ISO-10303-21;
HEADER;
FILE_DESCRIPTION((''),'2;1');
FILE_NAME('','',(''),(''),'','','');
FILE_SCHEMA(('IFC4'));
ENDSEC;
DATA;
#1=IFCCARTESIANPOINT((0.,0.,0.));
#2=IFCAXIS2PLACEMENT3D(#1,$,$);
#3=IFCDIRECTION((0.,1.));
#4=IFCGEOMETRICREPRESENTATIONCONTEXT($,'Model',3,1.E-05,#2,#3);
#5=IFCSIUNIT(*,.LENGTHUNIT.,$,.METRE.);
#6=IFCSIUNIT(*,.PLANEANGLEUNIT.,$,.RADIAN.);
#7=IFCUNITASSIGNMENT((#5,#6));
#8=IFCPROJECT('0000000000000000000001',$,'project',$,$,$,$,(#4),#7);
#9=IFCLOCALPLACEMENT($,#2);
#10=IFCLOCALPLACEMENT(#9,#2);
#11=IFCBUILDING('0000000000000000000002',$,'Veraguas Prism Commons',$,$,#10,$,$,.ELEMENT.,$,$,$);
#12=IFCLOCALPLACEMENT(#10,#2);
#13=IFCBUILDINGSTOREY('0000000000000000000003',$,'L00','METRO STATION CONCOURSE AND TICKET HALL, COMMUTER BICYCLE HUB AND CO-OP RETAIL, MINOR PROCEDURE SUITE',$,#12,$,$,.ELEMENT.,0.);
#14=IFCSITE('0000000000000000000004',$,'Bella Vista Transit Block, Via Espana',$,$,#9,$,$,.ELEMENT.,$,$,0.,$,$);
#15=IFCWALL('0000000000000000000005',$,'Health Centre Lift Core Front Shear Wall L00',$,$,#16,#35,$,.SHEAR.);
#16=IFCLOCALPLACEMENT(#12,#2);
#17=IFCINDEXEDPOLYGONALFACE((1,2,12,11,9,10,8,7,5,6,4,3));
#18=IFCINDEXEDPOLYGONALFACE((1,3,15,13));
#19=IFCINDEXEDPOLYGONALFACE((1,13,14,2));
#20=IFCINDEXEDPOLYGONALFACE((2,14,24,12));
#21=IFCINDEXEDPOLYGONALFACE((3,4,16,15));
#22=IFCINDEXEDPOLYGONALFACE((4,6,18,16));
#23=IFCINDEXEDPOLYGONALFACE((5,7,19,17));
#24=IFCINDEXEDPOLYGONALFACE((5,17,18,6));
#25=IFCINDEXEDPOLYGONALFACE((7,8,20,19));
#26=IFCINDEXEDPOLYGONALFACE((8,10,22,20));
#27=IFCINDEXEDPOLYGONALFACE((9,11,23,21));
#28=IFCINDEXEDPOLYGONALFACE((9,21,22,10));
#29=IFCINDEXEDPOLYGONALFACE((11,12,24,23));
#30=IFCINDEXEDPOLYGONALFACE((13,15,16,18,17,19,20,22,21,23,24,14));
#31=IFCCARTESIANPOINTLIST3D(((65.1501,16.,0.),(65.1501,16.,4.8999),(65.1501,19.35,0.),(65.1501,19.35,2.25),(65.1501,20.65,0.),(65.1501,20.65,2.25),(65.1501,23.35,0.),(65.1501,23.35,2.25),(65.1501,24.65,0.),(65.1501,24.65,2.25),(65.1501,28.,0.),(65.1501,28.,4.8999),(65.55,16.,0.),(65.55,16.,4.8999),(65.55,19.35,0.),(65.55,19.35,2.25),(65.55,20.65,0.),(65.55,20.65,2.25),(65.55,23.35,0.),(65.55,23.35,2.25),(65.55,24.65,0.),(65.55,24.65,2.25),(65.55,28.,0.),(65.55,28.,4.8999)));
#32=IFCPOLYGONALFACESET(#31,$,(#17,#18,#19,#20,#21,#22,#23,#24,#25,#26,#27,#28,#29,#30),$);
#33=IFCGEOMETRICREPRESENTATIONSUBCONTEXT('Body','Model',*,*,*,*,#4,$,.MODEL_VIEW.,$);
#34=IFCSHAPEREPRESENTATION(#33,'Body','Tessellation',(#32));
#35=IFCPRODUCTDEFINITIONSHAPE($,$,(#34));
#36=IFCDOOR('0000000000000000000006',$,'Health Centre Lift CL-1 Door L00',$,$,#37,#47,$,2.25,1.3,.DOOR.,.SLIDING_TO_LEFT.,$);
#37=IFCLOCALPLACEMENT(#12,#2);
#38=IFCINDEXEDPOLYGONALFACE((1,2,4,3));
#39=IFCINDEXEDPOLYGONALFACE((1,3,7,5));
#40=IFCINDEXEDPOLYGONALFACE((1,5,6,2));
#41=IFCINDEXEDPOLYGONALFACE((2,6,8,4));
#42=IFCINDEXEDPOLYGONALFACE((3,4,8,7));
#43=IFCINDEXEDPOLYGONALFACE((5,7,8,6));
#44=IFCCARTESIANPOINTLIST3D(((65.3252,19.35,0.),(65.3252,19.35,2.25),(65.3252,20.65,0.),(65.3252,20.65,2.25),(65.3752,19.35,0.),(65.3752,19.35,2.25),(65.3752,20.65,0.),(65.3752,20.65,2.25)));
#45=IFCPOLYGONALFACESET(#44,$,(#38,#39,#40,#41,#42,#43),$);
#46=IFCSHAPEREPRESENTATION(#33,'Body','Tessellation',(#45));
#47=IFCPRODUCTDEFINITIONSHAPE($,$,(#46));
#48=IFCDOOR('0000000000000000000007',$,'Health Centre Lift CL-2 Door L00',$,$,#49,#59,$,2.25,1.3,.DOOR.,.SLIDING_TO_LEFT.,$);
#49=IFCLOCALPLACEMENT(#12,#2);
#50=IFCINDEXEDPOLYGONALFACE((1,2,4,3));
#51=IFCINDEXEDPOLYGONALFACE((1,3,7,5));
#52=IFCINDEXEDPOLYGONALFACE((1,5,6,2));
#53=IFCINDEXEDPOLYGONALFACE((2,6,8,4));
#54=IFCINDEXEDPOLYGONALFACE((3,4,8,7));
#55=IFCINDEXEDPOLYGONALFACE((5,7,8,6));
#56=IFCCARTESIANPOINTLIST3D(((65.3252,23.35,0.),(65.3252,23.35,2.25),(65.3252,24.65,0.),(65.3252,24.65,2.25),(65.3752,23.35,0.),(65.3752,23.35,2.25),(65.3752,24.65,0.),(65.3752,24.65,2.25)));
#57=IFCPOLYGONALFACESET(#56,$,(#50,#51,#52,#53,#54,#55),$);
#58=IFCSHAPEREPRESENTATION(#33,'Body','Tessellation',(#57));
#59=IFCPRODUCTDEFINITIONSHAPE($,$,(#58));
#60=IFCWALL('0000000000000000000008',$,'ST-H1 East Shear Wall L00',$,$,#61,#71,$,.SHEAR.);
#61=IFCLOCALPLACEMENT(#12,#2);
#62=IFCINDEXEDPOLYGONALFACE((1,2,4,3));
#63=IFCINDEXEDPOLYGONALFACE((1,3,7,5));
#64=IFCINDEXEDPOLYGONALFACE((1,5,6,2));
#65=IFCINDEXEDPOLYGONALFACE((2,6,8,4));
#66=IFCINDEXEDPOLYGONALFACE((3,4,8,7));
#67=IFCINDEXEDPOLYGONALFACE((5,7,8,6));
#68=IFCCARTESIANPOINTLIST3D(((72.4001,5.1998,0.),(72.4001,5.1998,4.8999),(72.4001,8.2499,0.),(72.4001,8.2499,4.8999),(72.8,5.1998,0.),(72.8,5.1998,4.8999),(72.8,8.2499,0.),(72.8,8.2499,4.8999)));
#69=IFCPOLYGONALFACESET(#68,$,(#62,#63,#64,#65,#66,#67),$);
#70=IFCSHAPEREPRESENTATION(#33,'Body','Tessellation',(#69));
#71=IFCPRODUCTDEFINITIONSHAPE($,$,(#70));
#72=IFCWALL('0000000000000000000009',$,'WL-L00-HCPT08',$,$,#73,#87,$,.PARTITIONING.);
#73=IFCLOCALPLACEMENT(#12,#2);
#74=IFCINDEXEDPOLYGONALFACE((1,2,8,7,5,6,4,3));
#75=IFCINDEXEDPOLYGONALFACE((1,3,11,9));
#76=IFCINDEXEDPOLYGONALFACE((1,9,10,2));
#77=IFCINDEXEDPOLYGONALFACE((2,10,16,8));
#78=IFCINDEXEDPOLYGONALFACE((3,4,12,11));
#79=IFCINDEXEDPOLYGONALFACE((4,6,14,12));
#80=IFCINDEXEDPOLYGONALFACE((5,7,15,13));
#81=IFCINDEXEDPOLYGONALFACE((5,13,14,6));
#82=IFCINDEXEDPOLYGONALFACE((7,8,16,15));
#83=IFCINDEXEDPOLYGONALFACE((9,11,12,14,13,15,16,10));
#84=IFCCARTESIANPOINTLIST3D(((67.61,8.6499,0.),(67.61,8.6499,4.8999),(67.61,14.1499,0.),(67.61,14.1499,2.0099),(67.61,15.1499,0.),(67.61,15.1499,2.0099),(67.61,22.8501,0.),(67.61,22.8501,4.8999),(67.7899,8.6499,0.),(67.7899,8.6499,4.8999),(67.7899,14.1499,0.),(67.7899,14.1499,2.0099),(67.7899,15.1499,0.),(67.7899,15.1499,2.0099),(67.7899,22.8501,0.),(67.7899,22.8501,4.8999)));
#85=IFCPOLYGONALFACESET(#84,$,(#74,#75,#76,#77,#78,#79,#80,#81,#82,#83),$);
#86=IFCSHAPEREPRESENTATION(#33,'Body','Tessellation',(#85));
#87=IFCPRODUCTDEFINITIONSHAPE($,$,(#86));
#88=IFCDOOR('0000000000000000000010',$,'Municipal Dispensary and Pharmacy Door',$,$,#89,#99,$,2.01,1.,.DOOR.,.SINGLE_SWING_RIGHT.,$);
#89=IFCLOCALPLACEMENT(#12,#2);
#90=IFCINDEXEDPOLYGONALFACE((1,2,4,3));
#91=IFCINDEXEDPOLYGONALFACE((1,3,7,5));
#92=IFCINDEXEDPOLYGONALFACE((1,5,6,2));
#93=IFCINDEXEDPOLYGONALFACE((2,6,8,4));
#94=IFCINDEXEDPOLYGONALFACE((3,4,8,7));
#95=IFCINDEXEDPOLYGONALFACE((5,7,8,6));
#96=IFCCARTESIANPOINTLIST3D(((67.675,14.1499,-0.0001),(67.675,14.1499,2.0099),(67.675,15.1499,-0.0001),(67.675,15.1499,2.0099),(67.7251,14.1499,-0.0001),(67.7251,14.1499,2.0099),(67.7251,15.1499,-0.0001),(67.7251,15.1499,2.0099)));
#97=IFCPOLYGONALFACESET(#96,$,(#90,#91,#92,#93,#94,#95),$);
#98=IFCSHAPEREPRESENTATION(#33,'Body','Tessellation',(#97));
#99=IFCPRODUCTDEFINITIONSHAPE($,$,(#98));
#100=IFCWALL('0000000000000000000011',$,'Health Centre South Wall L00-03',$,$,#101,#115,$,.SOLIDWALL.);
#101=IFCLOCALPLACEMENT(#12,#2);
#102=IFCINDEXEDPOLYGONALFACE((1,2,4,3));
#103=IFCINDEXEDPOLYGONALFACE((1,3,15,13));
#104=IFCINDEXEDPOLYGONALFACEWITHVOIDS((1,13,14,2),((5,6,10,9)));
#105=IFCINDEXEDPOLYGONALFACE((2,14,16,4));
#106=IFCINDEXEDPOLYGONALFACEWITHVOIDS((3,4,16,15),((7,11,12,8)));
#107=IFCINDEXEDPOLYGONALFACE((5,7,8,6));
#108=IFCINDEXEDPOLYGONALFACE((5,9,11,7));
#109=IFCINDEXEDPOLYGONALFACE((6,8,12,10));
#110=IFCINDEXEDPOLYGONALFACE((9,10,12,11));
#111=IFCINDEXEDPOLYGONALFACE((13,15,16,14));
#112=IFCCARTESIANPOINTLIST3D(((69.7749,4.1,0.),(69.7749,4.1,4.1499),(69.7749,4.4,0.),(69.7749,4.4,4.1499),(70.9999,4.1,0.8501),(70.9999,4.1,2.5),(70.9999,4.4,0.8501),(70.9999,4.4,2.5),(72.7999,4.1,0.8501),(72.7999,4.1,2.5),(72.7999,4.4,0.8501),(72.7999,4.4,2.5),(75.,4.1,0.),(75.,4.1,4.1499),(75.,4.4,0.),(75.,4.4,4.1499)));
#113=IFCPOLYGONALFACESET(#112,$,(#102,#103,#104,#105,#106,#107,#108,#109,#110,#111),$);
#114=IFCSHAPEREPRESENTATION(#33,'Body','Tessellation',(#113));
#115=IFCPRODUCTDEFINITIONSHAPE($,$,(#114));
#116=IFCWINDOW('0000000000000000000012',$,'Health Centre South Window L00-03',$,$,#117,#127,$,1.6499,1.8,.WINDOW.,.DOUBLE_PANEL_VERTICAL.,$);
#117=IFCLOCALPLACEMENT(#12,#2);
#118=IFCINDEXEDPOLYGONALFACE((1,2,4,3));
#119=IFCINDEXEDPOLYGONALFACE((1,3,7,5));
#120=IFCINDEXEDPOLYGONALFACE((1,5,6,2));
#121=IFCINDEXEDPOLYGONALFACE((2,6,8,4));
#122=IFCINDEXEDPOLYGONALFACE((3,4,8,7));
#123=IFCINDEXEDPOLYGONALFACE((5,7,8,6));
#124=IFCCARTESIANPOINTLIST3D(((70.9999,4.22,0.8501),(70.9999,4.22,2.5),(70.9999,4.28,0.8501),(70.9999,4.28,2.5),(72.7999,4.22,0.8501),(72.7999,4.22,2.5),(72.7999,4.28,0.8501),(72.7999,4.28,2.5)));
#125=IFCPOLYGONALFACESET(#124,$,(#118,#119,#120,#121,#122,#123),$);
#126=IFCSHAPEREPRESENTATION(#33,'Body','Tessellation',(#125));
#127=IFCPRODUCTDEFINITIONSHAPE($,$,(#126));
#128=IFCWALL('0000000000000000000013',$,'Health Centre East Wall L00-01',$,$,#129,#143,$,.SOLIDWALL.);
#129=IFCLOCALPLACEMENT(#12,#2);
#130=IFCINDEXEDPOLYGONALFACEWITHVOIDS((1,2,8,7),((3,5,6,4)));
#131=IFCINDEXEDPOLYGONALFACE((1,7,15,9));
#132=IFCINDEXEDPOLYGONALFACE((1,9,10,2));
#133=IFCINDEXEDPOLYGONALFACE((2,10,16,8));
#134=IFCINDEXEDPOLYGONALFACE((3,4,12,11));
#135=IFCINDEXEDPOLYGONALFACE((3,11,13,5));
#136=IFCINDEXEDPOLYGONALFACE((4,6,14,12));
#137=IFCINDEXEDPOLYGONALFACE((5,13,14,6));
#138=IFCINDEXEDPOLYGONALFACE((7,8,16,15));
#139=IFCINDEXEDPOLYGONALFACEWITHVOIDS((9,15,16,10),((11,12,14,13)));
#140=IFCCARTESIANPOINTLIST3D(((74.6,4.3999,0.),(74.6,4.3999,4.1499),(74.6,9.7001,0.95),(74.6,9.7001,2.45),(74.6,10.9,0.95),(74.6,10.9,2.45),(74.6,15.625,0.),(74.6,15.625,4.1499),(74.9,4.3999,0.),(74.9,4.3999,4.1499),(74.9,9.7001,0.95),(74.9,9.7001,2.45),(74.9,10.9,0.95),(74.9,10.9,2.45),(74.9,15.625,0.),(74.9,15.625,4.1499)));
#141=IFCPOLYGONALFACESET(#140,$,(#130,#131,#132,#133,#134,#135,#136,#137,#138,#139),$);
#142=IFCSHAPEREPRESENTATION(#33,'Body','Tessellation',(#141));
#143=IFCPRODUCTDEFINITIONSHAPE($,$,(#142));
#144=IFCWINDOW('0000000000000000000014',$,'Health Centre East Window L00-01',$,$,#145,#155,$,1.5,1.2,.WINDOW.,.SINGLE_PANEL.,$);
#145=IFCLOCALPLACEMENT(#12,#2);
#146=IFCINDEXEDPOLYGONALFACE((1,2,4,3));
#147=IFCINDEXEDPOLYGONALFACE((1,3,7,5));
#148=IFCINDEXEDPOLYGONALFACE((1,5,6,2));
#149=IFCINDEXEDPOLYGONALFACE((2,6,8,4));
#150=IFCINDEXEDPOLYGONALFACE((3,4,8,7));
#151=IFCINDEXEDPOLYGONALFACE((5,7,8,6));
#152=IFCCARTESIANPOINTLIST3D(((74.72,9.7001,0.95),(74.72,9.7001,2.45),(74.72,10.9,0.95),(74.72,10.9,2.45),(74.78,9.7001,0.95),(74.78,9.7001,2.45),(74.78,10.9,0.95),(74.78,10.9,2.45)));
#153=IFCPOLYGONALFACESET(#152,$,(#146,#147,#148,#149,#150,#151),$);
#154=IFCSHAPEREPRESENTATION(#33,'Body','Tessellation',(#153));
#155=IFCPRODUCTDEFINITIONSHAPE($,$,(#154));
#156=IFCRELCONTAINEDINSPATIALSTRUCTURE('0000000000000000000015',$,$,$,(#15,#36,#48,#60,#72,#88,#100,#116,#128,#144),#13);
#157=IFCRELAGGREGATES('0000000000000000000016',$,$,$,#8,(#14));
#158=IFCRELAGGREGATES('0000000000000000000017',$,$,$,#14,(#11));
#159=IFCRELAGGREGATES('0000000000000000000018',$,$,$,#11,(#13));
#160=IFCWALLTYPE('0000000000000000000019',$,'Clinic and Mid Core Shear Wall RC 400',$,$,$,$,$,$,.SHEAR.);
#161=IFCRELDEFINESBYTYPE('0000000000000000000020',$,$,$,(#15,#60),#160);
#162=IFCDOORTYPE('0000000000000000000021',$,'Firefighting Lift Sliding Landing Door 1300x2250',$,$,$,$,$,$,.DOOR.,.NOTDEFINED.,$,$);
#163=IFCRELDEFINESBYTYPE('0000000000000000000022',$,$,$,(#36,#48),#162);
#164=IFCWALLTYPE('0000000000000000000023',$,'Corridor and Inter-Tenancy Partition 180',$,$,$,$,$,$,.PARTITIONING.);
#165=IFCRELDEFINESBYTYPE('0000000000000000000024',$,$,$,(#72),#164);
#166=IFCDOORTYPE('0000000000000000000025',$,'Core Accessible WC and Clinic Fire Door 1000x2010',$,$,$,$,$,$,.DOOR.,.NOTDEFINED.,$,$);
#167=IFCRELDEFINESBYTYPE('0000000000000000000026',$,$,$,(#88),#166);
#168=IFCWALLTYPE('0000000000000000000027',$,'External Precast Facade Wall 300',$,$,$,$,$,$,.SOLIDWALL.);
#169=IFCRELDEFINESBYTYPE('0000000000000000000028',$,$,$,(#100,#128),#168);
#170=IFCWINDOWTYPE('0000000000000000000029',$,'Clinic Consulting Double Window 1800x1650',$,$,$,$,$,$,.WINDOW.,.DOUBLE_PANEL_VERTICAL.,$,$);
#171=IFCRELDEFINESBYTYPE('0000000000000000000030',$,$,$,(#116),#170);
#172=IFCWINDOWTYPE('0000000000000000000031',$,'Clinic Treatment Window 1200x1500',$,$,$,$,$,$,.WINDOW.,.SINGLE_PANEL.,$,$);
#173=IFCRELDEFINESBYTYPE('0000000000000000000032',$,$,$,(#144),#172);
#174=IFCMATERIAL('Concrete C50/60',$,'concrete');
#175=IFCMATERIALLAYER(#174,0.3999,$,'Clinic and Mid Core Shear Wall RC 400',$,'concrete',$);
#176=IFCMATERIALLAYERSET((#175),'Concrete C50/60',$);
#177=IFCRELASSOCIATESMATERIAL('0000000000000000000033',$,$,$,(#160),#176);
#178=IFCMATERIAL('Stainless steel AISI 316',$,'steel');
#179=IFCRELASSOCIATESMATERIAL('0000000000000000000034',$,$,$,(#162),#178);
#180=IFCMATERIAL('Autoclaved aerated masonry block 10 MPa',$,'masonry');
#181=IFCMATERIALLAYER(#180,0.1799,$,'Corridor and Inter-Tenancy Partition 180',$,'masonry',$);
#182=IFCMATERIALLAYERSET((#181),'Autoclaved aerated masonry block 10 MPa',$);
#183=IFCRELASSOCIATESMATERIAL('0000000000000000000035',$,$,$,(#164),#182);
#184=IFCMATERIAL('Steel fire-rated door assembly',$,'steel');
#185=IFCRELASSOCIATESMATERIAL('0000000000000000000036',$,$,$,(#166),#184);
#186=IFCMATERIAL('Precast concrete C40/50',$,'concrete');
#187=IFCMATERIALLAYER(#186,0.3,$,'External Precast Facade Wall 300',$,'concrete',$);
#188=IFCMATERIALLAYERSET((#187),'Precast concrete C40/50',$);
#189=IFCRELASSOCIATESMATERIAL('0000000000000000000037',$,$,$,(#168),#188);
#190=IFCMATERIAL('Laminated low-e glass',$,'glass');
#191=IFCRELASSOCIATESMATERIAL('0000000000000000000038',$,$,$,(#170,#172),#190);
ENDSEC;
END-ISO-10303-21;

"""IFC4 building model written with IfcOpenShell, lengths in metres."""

from ifc_helpers import new_model, si_unit, direction, frame, frame_2d, origin, place, context, subcontext, project, spatial, rectangle, extrude, source, transform, mapped, material, layer, layer_set, type_object, element, fill, save


model = new_model("IFC4")

# Units and contexts
model_context = context("Model", 3, precision=1e-05, world=origin(), true_north=direction((0.0, 1.0)))
body_context = subcontext(model_context, "Body", "Model", "MODEL_VIEW")
ifc_project = project(units=[si_unit("LENGTHUNIT", "METRE"), si_unit("PLANEANGLEUNIT", "RADIAN")], contexts=[model_context])

# Site, building, storey
site_placement = place(None, origin())
site = spatial("IfcSite", under=ifc_project, at=site_placement, Name="Bella Vista Transit Block, Via Espana", CompositionType="ELEMENT", RefElevation=0.0)
building_placement = place(site_placement, origin())
building = spatial("IfcBuilding", under=site, at=building_placement, Name="Veraguas Prism Commons", CompositionType="ELEMENT")
storey_placement = place(building_placement, origin())
storey = spatial("IfcBuildingStorey", under=building, at=storey_placement, Name="L00", Description="METRO STATION CONCOURSE AND TICKET HALL, COMMUTER BICYCLE HUB AND CO-OP RETAIL, MINOR PROCEDURE SUITE", CompositionType="ELEMENT", Elevation=0.0)

# Shared definitions
ifc_material_1 = material(Name="Concrete C50/60", Category="concrete")

# Wall, openings, doors
ifc_layer_1 = layer(ifc_material_1, 0.3999, Name="Clinic and Mid Core Shear Wall RC 400", Category="concrete")
ifc_layer_set_1 = layer_set([ifc_layer_1], Name="Concrete C50/60")
wall_type_1 = type_object("IfcWallType", Name="Clinic and Mid Core Shear Wall RC 400", PredefinedType="SHEAR", material=ifc_layer_set_1)
wall_1_placement = place(storey_placement, frame((65.3501, 16.0, 0.0), z_axis=(0.0, 0.0, 1.0), x_axis=(0.0, 1.0, 0.0)))
wall_1 = element("IfcWall", 1, at=wall_1_placement, inside=storey, type_object=wall_type_1, Name="Health Centre Lift Core Front Shear Wall L00", PredefinedType="SHEAR", context=body_context, shape_type="SweptSolid", body=[
    extrude(rectangle(XDim=12.0, YDim=0.3999, at=frame_2d((6.0, 0.0))), origin(), (0.0, 0.0, 1.0), 4.8999),
])
opening_1_placement = place(wall_1_placement, frame((3.3501, 0.0, 0.0)))
opening_1 = element("IfcOpeningElement", 2, at=opening_1_placement, cuts=wall_1, PredefinedType="OPENING", context=body_context, shape_type="SweptSolid", body=[
    extrude(rectangle(XDim=1.3, YDim=2.25, at=frame_2d((0.6499, 1.125))), frame((0.0, 0.21, 0.0), z_axis=(0.0, -1.0, 0.0), x_axis=(1.0, 0.0, 0.0)), (0.0, 0.0, 1.0), 0.4199),
])
opening_2_placement = place(wall_1_placement, frame((7.3501, 0.0, 0.0)))
opening_2 = element("IfcOpeningElement", 3, at=opening_2_placement, cuts=wall_1, PredefinedType="OPENING", context=body_context, shape_type="SweptSolid", body=[
    extrude(rectangle(XDim=1.3, YDim=2.25, at=frame_2d((0.6499, 1.125))), frame((0.0, 0.21, 0.0), z_axis=(0.0, -1.0, 0.0), x_axis=(1.0, 0.0, 0.0)), (0.0, 0.0, 1.0), 0.4199),
])
ifc_material_2 = material(Name="Stainless steel AISI 316", Category="steel")
door_type_1 = type_object("IfcDoorType", Name="Firefighting Lift Sliding Landing Door 1300x2250", OperationType="NOTDEFINED", PredefinedType="DOOR", material=ifc_material_2)
shared_shape_1 = source(origin(), body_context, "Body", "SweptSolid", [
    extrude(rectangle(XDim=1.3, YDim=2.25, at=frame_2d((0.6499, 1.125))), frame((0.0, 0.0249, 0.0), z_axis=(0.0, -1.0, 0.0), x_axis=(1.0, 0.0, 0.0)), (0.0, 0.0, 1.0), 0.05),
])
door_1_placement = place(opening_1_placement, origin())
door_1 = element("IfcDoor", 4, at=door_1_placement, inside=storey, type_object=door_type_1, Name="Health Centre Lift CL-1 Door L00", OperationType="SLIDING_TO_LEFT", OverallHeight=2.25, OverallWidth=1.3, PredefinedType="DOOR", context=body_context, shape_type="MappedRepresentation", body=[
    mapped(shared_shape_1, transform((0.0, 0.0, 0.0), scale=1.0)),
])
fill(opening_1, door_1)
door_2_placement = place(opening_2_placement, origin())
door_2 = element("IfcDoor", 5, at=door_2_placement, inside=storey, type_object=door_type_1, Name="Health Centre Lift CL-2 Door L00", OperationType="SLIDING_TO_LEFT", OverallHeight=2.25, OverallWidth=1.3, PredefinedType="DOOR", context=body_context, shape_type="MappedRepresentation", body=[
    mapped(shared_shape_1, transform((0.0, 0.0, 0.0), scale=1.0)),
])
fill(opening_2, door_2)

# Wall
wall_2_placement = place(storey_placement, frame((72.6001, 5.2, 0.0), z_axis=(0.0, 0.0, 1.0), x_axis=(0.0, 1.0, 0.0)))
element("IfcWall", 6, at=wall_2_placement, inside=storey, type_object=wall_type_1, Name="ST-H1 East Shear Wall L00", PredefinedType="SHEAR", context=body_context, shape_type="SweptSolid", body=[
    extrude(rectangle(XDim=3.05, YDim=0.3999, at=frame_2d((1.5249, 0.0))), origin(), (0.0, 0.0, 1.0), 4.8999),
])

# Wall, opening, door
ifc_material_3 = material(Name="Autoclaved aerated masonry block 10 MPa", Category="masonry")
ifc_layer_2 = layer(ifc_material_3, 0.1799, Name="Corridor and Inter-Tenancy Partition 180", Category="masonry")
ifc_layer_set_2 = layer_set([ifc_layer_2], Name="Autoclaved aerated masonry block 10 MPa")
wall_type_2 = type_object("IfcWallType", Name="Corridor and Inter-Tenancy Partition 180", PredefinedType="PARTITIONING", material=ifc_layer_set_2)
wall_3_placement = place(storey_placement, frame((67.7, 8.6499, 0.0), z_axis=(0.0, 0.0, 1.0), x_axis=(0.0, 1.0, 0.0)))
wall_3 = element("IfcWall", 7, at=wall_3_placement, inside=storey, type_object=wall_type_2, Name="WL-L00-HCPT08", PredefinedType="PARTITIONING", context=body_context, shape_type="SweptSolid", body=[
    extrude(rectangle(XDim=14.2002, YDim=0.1799, at=frame_2d((7.1001, 0.0))), origin(), (0.0, 0.0, 1.0), 4.8999),
])
opening_3_placement = place(wall_3_placement, frame((5.5, 0.0, 0.0)))
opening_3 = element("IfcOpeningElement", 8, at=opening_3_placement, cuts=wall_3, PredefinedType="OPENING", context=body_context, shape_type="SweptSolid", body=[
    extrude(rectangle(XDim=1.0, YDim=2.01, at=frame_2d((0.5, 1.0049))), frame((0.0, 0.0999, 0.0), z_axis=(0.0, -1.0, 0.0), x_axis=(1.0, 0.0, 0.0)), (0.0, 0.0, 1.0), 0.2),
])
ifc_material_4 = material(Name="Steel fire-rated door assembly", Category="steel")
door_type_2 = type_object("IfcDoorType", Name="Core Accessible WC and Clinic Fire Door 1000x2010", OperationType="NOTDEFINED", PredefinedType="DOOR", material=ifc_material_4)
shared_shape_2 = source(origin(), body_context, "Body", "SweptSolid", [
    extrude(rectangle(XDim=1.0, YDim=2.01, at=frame_2d((0.5, 1.0049))), frame((0.0, 0.0249, 0.0), z_axis=(0.0, -1.0, 0.0), x_axis=(1.0, 0.0, 0.0)), (0.0, 0.0, 1.0), 0.05),
])
door_3_placement = place(opening_3_placement, origin())
door_3 = element("IfcDoor", 9, at=door_3_placement, inside=storey, type_object=door_type_2, Name="Municipal Dispensary and Pharmacy Door", OperationType="SINGLE_SWING_RIGHT", OverallHeight=2.01, OverallWidth=1.0, PredefinedType="DOOR", context=body_context, shape_type="MappedRepresentation", body=[
    mapped(shared_shape_2, transform((0.0, 0.0, 0.0), scale=1.0)),
])
fill(opening_3, door_3)

# Walls, openings, windows
ifc_material_5 = material(Name="Precast concrete C40/50", Category="concrete")
ifc_layer_3 = layer(ifc_material_5, 0.3, Name="External Precast Facade Wall 300", Category="concrete")
ifc_layer_set_3 = layer_set([ifc_layer_3], Name="Precast concrete C40/50")
wall_type_3 = type_object("IfcWallType", Name="External Precast Facade Wall 300", PredefinedType="SOLIDWALL", material=ifc_layer_set_3)
wall_4_placement = place(storey_placement, frame((69.7749, 4.25, 0.0), z_axis=(0.0, 0.0, 1.0), x_axis=(1.0, 0.0, 0.0)))
wall_4 = element("IfcWall", 10, at=wall_4_placement, inside=storey, type_object=wall_type_3, Name="Health Centre South Wall L00-03", PredefinedType="SOLIDWALL", context=body_context, shape_type="SweptSolid", body=[
    extrude(rectangle(XDim=5.2251, YDim=0.3, at=frame_2d((2.6125, 0.0))), origin(), (0.0, 0.0, 1.0), 4.1499),
])
opening_4_placement = place(wall_4_placement, frame((1.2251, 0.0, 0.8501)))
opening_4 = element("IfcOpeningElement", 11, at=opening_4_placement, cuts=wall_4, PredefinedType="OPENING", context=body_context, shape_type="SweptSolid", body=[
    extrude(rectangle(XDim=1.8, YDim=1.6499, at=frame_2d((0.8999, 0.825))), frame((0.0, 0.1599, 0.0), z_axis=(0.0, -1.0, 0.0), x_axis=(1.0, 0.0, 0.0)), (0.0, 0.0, 1.0), 0.3201),
])
ifc_material_6 = material(Name="Laminated low-e glass", Category="glass")
window_type_1 = type_object("IfcWindowType", Name="Clinic Consulting Double Window 1800x1650", PartitioningType="DOUBLE_PANEL_VERTICAL", PredefinedType="WINDOW", material=ifc_material_6)
shared_shape_3 = source(origin(), body_context, "Body", "SweptSolid", [
    extrude(rectangle(XDim=1.8, YDim=1.6499, at=frame_2d((0.8999, 0.825))), frame((0.0, 0.03, 0.0), z_axis=(0.0, -1.0, 0.0), x_axis=(1.0, 0.0, 0.0)), (0.0, 0.0, 1.0), 0.0601),
])
window_1_placement = place(opening_4_placement, origin())
window_1 = element("IfcWindow", 12, at=window_1_placement, inside=storey, type_object=window_type_1, Name="Health Centre South Window L00-03", OverallHeight=1.6499, OverallWidth=1.8, PartitioningType="DOUBLE_PANEL_VERTICAL", PredefinedType="WINDOW", context=body_context, shape_type="MappedRepresentation", body=[
    mapped(shared_shape_3, transform((0.0, 0.0, 0.0), scale=1.0)),
])
fill(opening_4, window_1)
wall_5_placement = place(storey_placement, frame((74.75, 4.3999, 0.0), z_axis=(0.0, 0.0, 1.0), x_axis=(0.0, 1.0, 0.0)))
wall_5 = element("IfcWall", 13, at=wall_5_placement, inside=storey, type_object=wall_type_3, Name="Health Centre East Wall L00-01", PredefinedType="SOLIDWALL", context=body_context, shape_type="SweptSolid", body=[
    extrude(rectangle(XDim=11.2251, YDim=0.3, at=frame_2d((5.6125, 0.0))), origin(), (0.0, 0.0, 1.0), 4.1499),
])
opening_5_placement = place(wall_5_placement, frame((5.3, 0.0, 0.95)))
opening_5 = element("IfcOpeningElement", 14, at=opening_5_placement, cuts=wall_5, PredefinedType="OPENING", context=body_context, shape_type="SweptSolid", body=[
    extrude(rectangle(XDim=1.2, YDim=1.5, at=frame_2d((0.6001, 0.75))), frame((0.0, 0.1599, 0.0), z_axis=(0.0, -1.0, 0.0), x_axis=(1.0, 0.0, 0.0)), (0.0, 0.0, 1.0), 0.3201),
])
window_type_2 = type_object("IfcWindowType", Name="Clinic Treatment Window 1200x1500", PartitioningType="SINGLE_PANEL", PredefinedType="WINDOW", material=ifc_material_6)
shared_shape_4 = source(origin(), body_context, "Body", "SweptSolid", [
    extrude(rectangle(XDim=1.2, YDim=1.5, at=frame_2d((0.6001, 0.75))), frame((0.0, 0.03, 0.0), z_axis=(0.0, -1.0, 0.0), x_axis=(1.0, 0.0, 0.0)), (0.0, 0.0, 1.0), 0.0601),
])
window_2_placement = place(opening_5_placement, origin())
window_2 = element("IfcWindow", 15, at=window_2_placement, inside=storey, type_object=window_type_2, Name="Health Centre East Window L00-01", OverallHeight=1.5, OverallWidth=1.2, PartitioningType="SINGLE_PANEL", PredefinedType="WINDOW", context=body_context, shape_type="MappedRepresentation", body=[
    mapped(shared_shape_4, transform((0.0, 0.0, 0.0), scale=1.0)),
])
fill(opening_5, window_2)

save(model, "model.ifc")
